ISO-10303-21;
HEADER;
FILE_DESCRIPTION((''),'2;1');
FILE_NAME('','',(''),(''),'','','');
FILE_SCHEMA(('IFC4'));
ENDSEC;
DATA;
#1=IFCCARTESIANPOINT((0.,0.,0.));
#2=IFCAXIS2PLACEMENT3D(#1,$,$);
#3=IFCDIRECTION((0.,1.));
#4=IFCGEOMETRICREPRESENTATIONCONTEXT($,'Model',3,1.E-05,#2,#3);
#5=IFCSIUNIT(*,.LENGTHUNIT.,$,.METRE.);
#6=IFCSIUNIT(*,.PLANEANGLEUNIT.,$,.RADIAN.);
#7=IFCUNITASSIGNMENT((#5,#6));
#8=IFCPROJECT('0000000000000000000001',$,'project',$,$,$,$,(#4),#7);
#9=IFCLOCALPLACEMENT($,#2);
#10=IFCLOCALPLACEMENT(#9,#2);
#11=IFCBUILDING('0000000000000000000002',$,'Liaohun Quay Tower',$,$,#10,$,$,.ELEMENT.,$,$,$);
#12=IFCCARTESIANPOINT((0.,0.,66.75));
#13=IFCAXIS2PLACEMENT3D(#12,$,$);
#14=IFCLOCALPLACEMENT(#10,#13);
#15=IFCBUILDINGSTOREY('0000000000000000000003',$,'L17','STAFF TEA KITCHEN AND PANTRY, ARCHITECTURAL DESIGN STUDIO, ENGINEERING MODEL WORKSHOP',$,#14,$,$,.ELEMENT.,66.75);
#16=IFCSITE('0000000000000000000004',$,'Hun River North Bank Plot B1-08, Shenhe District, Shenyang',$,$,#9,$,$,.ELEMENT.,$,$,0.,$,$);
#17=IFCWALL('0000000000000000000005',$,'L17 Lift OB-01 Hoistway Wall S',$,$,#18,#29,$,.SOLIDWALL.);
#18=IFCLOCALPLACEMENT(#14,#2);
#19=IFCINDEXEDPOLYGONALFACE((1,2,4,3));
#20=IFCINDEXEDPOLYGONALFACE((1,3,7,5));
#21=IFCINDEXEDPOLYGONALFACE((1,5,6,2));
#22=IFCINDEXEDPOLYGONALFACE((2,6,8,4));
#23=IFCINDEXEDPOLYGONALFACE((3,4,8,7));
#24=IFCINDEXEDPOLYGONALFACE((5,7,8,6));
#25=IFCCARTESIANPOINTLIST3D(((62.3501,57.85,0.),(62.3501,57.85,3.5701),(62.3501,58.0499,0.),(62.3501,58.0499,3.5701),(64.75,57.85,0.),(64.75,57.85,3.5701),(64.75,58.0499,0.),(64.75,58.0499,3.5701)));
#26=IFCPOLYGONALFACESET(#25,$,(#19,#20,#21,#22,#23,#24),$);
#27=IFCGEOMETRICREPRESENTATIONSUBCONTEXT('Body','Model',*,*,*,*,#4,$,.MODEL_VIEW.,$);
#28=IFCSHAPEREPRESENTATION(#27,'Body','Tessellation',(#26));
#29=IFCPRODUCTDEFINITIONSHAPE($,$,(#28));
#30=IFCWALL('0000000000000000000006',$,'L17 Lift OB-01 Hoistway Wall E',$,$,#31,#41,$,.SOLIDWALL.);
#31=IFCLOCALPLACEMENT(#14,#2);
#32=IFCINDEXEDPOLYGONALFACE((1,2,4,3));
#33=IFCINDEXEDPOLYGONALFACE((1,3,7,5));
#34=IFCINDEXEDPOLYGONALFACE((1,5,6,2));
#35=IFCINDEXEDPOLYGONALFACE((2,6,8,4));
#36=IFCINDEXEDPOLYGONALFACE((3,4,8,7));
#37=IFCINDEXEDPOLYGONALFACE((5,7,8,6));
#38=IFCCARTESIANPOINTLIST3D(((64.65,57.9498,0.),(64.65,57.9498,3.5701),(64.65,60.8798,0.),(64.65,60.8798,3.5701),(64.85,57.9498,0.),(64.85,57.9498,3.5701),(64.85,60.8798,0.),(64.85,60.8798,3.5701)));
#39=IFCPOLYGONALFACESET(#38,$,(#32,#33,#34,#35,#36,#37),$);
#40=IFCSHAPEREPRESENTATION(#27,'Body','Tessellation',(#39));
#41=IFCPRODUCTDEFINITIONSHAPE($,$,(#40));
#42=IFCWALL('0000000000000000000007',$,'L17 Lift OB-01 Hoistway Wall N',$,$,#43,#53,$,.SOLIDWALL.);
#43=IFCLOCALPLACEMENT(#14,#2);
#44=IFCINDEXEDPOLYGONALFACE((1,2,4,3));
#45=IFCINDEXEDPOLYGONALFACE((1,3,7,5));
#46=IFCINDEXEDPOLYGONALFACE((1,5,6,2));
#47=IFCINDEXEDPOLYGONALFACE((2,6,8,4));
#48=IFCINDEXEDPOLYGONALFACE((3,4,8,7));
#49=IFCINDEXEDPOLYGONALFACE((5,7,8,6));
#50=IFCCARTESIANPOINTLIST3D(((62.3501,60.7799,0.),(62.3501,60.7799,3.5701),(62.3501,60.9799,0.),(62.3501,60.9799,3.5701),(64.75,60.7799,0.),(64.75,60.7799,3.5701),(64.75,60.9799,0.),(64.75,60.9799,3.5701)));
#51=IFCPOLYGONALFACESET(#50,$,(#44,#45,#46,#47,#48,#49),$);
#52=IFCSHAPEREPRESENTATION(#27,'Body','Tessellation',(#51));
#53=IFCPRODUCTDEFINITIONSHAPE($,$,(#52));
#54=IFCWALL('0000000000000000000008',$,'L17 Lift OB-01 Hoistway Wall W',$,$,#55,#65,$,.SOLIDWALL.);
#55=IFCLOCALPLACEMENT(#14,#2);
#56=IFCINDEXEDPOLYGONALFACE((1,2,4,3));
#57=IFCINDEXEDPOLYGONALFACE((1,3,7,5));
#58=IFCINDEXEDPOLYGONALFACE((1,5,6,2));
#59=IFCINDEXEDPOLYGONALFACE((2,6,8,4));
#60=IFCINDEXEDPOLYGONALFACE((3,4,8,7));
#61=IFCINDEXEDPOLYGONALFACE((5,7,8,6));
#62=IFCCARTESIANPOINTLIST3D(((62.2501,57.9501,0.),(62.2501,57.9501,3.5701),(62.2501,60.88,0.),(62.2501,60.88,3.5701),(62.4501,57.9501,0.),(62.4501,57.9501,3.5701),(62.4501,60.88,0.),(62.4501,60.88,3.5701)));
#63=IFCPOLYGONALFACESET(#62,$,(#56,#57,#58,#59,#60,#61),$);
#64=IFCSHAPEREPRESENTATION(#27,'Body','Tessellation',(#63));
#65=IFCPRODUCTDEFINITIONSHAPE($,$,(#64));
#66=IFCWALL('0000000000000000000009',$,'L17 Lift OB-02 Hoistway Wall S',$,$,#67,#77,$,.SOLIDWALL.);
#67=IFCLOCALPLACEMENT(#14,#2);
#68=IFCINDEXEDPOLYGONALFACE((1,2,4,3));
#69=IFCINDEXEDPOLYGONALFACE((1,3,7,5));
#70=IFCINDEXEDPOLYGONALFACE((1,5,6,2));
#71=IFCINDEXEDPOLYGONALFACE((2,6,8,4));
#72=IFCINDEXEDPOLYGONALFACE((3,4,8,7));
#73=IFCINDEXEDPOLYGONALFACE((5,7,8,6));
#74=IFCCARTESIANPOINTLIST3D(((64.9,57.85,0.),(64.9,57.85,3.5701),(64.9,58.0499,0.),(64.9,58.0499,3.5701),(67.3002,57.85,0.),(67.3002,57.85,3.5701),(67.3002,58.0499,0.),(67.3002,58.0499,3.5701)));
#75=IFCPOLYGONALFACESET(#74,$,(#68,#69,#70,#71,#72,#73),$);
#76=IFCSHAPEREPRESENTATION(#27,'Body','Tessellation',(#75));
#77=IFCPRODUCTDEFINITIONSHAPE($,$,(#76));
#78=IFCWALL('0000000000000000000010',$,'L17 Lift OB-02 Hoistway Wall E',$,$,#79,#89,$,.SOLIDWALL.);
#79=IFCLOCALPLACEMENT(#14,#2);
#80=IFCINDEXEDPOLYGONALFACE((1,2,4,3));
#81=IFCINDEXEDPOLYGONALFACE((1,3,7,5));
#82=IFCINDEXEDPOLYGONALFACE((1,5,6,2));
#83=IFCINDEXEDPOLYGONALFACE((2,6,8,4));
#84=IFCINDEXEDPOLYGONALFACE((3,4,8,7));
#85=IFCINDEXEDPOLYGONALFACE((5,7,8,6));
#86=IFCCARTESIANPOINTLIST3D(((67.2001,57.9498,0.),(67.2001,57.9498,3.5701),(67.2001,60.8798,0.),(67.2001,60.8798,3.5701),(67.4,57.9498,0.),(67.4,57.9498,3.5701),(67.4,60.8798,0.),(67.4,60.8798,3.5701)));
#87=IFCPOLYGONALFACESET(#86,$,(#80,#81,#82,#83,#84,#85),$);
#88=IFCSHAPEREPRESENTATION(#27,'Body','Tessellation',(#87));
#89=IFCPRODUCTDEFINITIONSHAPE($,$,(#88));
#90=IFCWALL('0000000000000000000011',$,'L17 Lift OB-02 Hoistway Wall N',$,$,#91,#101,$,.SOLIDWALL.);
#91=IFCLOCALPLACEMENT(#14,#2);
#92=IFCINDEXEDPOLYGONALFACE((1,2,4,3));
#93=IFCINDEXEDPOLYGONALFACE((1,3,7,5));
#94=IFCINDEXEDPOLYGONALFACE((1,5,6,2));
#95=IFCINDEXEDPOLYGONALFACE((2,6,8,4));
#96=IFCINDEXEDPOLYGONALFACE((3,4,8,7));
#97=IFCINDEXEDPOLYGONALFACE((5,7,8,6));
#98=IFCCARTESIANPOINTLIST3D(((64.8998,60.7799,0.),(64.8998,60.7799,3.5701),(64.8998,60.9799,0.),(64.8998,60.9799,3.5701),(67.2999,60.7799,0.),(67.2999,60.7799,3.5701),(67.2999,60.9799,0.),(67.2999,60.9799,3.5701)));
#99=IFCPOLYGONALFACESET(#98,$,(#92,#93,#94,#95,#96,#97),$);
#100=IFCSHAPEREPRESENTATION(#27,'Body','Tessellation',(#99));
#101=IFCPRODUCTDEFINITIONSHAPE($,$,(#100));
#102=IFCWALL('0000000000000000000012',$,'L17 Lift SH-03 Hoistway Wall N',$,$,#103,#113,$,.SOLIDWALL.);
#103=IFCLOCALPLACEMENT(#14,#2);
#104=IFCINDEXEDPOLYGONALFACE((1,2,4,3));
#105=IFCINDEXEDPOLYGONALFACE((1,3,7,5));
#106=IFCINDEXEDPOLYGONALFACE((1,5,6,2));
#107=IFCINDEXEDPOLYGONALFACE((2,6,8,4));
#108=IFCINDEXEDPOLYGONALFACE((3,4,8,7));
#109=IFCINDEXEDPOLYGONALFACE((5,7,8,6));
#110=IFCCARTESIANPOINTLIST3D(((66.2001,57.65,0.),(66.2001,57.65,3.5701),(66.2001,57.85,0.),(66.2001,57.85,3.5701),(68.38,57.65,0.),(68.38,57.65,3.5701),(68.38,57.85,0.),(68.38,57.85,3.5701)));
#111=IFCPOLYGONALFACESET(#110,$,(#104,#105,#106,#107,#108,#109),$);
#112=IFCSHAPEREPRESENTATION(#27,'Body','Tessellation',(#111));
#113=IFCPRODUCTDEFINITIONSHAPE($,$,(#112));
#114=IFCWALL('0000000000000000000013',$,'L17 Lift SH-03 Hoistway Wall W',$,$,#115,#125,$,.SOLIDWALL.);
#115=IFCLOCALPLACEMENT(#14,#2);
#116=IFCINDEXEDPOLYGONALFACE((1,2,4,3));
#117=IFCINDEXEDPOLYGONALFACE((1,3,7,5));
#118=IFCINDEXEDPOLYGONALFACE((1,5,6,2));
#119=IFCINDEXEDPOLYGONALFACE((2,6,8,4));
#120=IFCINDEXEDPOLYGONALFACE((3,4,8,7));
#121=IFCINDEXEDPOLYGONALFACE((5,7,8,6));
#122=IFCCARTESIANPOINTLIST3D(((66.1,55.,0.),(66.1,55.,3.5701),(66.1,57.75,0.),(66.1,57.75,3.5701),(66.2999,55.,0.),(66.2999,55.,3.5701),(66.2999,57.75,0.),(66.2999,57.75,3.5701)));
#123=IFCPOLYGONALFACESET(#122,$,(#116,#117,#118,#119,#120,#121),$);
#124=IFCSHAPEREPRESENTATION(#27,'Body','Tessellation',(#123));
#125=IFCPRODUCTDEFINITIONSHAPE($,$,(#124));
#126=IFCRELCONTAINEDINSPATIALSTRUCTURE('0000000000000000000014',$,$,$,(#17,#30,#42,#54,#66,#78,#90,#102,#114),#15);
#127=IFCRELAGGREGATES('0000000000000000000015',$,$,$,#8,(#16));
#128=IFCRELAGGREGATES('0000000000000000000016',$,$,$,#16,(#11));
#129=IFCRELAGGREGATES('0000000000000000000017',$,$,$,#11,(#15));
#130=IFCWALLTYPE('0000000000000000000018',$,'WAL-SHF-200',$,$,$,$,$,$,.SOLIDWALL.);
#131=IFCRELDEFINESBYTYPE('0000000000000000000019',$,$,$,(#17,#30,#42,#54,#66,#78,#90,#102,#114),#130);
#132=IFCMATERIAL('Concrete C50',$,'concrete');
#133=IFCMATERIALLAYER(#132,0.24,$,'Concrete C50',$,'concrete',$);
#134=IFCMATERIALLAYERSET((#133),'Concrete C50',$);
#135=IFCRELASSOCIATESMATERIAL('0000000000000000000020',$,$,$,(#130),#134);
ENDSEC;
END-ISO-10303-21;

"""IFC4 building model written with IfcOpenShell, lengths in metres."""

from ifc_helpers import new_model, si_unit, direction, frame, frame_2d, origin, place, context, subcontext, project, spatial, rectangle, extrude, material, layer, layer_set, type_object, element, save


model = new_model("IFC4")

# Units and contexts
model_context = context("Model", 3, precision=1e-05, world=origin(), true_north=direction((0.0, 1.0)))
body_context = subcontext(model_context, "Body", "Model", "MODEL_VIEW")
ifc_project = project(units=[si_unit("LENGTHUNIT", "METRE"), si_unit("PLANEANGLEUNIT", "RADIAN")], contexts=[model_context])

# Site, building, storey
site_placement = place(None, origin())
site = spatial("IfcSite", under=ifc_project, at=site_placement, Name="Hun River North Bank Plot B1-08, Shenhe District, Shenyang", CompositionType="ELEMENT", RefElevation=0.0)
building_placement = place(site_placement, origin())
building = spatial("IfcBuilding", under=site, at=building_placement, Name="Liaohun Quay Tower", CompositionType="ELEMENT")
storey_placement = place(building_placement, frame((0.0, 0.0, 66.75)))
storey = spatial("IfcBuildingStorey", under=building, at=storey_placement, Name="L17", Description="STAFF TEA KITCHEN AND PANTRY, ARCHITECTURAL DESIGN STUDIO, ENGINEERING MODEL WORKSHOP", CompositionType="ELEMENT", Elevation=66.75)

# Shared definitions
ifc_material_1 = material(Name="Concrete C50", Category="concrete")
ifc_layer_1 = layer(ifc_material_1, 0.24, Name="Concrete C50", Category="concrete")
ifc_layer_set_1 = layer_set([ifc_layer_1], Name="Concrete C50")
wall_type_1 = type_object("IfcWallType", Name="WAL-SHF-200", PredefinedType="SOLIDWALL", material=ifc_layer_set_1)

# Walls
wall_1_placement = place(storey_placement, frame((62.3501, 57.95, 0.0), z_axis=(0.0, 0.0, 1.0), x_axis=(1.0, 0.0, 0.0)))
element("IfcWall", 1, at=wall_1_placement, inside=storey, type_object=wall_type_1, Name="L17 Lift OB-01 Hoistway Wall S", PredefinedType="SOLIDWALL", context=body_context, shape_type="SweptSolid", body=[
    extrude(rectangle(XDim=2.3999, YDim=0.2, at=frame_2d((1.2, 0.0))), origin(), (0.0, 0.0, 1.0), 3.5701),
])
wall_2_placement = place(storey_placement, frame((64.75, 57.95, 0.0), z_axis=(0.0, 0.0, 1.0), x_axis=(0.0, 1.0, 0.0)))
element("IfcWall", 2, at=wall_2_placement, inside=storey, type_object=wall_type_1, Name="L17 Lift OB-01 Hoistway Wall E", PredefinedType="SOLIDWALL", context=body_context, shape_type="SweptSolid", body=[
    extrude(rectangle(XDim=2.9299, YDim=0.2, at=frame_2d((1.4648, 0.0))), origin(), (0.0, 0.0, 1.0), 3.5701),
])
wall_3_placement = place(storey_placement, frame((64.75, 60.8799, 0.0), z_axis=(0.0, 0.0, 1.0), x_axis=(-1.0, 0.0, 0.0)))
element("IfcWall", 3, at=wall_3_placement, inside=storey, type_object=wall_type_1, Name="L17 Lift OB-01 Hoistway Wall N", PredefinedType="SOLIDWALL", context=body_context, shape_type="SweptSolid", body=[
    extrude(rectangle(XDim=2.3999, YDim=0.2, at=frame_2d((1.2, 0.0))), origin(), (0.0, 0.0, 1.0), 3.5701),
])
wall_4_placement = place(storey_placement, frame((62.3501, 60.8799, 0.0), z_axis=(0.0, 0.0, 1.0), x_axis=(0.0, -1.0, 0.0)))
element("IfcWall", 4, at=wall_4_placement, inside=storey, type_object=wall_type_1, Name="L17 Lift OB-01 Hoistway Wall W", PredefinedType="SOLIDWALL", context=body_context, shape_type="SweptSolid", body=[
    extrude(rectangle(XDim=2.9299, YDim=0.2, at=frame_2d((1.4648, 0.0))), origin(), (0.0, 0.0, 1.0), 3.5701),
])
wall_5_placement = place(storey_placement, frame((64.8999, 57.95, 0.0), z_axis=(0.0, 0.0, 1.0), x_axis=(1.0, 0.0, 0.0)))
element("IfcWall", 5, at=wall_5_placement, inside=storey, type_object=wall_type_1, Name="L17 Lift OB-02 Hoistway Wall S", PredefinedType="SOLIDWALL", context=body_context, shape_type="SweptSolid", body=[
    extrude(rectangle(XDim=2.4001, YDim=0.2, at=frame_2d((1.2002, 0.0))), origin(), (0.0, 0.0, 1.0), 3.5701),
])
wall_6_placement = place(storey_placement, frame((67.3, 57.95, 0.0), z_axis=(0.0, 0.0, 1.0), x_axis=(0.0, 1.0, 0.0)))
element("IfcWall", 6, at=wall_6_placement, inside=storey, type_object=wall_type_1, Name="L17 Lift OB-02 Hoistway Wall E", PredefinedType="SOLIDWALL", context=body_context, shape_type="SweptSolid", body=[
    extrude(rectangle(XDim=2.9299, YDim=0.2, at=frame_2d((1.4648, 0.0))), origin(), (0.0, 0.0, 1.0), 3.5701),
])
wall_7_placement = place(storey_placement, frame((67.3, 60.8799, 0.0), z_axis=(0.0, 0.0, 1.0), x_axis=(-1.0, 0.0, 0.0)))
element("IfcWall", 7, at=wall_7_placement, inside=storey, type_object=wall_type_1, Name="L17 Lift OB-02 Hoistway Wall N", PredefinedType="SOLIDWALL", context=body_context, shape_type="SweptSolid", body=[
    extrude(rectangle(XDim=2.4001, YDim=0.2, at=frame_2d((1.2002, 0.0))), origin(), (0.0, 0.0, 1.0), 3.5701),
])
wall_8_placement = place(storey_placement, frame((68.3799, 57.75, 0.0), z_axis=(0.0, 0.0, 1.0), x_axis=(-1.0, 0.0, 0.0)))
element("IfcWall", 8, at=wall_8_placement, inside=storey, type_object=wall_type_1, Name="L17 Lift SH-03 Hoistway Wall N", PredefinedType="SOLIDWALL", context=body_context, shape_type="SweptSolid", body=[
    extrude(rectangle(XDim=2.1799, YDim=0.2, at=frame_2d((1.0898, 0.0))), origin(), (0.0, 0.0, 1.0), 3.5701),
])
wall_9_placement = place(storey_placement, frame((66.2, 57.75, 0.0), z_axis=(0.0, 0.0, 1.0), x_axis=(0.0, -1.0, 0.0)))
element("IfcWall", 9, at=wall_9_placement, inside=storey, type_object=wall_type_1, Name="L17 Lift SH-03 Hoistway Wall W", PredefinedType="SOLIDWALL", context=body_context, shape_type="SweptSolid", body=[
    extrude(rectangle(XDim=2.75, YDim=0.2, at=frame_2d((1.375, 0.0))), origin(), (0.0, 0.0, 1.0), 3.5701),
])

save(model, "model.ifc")
